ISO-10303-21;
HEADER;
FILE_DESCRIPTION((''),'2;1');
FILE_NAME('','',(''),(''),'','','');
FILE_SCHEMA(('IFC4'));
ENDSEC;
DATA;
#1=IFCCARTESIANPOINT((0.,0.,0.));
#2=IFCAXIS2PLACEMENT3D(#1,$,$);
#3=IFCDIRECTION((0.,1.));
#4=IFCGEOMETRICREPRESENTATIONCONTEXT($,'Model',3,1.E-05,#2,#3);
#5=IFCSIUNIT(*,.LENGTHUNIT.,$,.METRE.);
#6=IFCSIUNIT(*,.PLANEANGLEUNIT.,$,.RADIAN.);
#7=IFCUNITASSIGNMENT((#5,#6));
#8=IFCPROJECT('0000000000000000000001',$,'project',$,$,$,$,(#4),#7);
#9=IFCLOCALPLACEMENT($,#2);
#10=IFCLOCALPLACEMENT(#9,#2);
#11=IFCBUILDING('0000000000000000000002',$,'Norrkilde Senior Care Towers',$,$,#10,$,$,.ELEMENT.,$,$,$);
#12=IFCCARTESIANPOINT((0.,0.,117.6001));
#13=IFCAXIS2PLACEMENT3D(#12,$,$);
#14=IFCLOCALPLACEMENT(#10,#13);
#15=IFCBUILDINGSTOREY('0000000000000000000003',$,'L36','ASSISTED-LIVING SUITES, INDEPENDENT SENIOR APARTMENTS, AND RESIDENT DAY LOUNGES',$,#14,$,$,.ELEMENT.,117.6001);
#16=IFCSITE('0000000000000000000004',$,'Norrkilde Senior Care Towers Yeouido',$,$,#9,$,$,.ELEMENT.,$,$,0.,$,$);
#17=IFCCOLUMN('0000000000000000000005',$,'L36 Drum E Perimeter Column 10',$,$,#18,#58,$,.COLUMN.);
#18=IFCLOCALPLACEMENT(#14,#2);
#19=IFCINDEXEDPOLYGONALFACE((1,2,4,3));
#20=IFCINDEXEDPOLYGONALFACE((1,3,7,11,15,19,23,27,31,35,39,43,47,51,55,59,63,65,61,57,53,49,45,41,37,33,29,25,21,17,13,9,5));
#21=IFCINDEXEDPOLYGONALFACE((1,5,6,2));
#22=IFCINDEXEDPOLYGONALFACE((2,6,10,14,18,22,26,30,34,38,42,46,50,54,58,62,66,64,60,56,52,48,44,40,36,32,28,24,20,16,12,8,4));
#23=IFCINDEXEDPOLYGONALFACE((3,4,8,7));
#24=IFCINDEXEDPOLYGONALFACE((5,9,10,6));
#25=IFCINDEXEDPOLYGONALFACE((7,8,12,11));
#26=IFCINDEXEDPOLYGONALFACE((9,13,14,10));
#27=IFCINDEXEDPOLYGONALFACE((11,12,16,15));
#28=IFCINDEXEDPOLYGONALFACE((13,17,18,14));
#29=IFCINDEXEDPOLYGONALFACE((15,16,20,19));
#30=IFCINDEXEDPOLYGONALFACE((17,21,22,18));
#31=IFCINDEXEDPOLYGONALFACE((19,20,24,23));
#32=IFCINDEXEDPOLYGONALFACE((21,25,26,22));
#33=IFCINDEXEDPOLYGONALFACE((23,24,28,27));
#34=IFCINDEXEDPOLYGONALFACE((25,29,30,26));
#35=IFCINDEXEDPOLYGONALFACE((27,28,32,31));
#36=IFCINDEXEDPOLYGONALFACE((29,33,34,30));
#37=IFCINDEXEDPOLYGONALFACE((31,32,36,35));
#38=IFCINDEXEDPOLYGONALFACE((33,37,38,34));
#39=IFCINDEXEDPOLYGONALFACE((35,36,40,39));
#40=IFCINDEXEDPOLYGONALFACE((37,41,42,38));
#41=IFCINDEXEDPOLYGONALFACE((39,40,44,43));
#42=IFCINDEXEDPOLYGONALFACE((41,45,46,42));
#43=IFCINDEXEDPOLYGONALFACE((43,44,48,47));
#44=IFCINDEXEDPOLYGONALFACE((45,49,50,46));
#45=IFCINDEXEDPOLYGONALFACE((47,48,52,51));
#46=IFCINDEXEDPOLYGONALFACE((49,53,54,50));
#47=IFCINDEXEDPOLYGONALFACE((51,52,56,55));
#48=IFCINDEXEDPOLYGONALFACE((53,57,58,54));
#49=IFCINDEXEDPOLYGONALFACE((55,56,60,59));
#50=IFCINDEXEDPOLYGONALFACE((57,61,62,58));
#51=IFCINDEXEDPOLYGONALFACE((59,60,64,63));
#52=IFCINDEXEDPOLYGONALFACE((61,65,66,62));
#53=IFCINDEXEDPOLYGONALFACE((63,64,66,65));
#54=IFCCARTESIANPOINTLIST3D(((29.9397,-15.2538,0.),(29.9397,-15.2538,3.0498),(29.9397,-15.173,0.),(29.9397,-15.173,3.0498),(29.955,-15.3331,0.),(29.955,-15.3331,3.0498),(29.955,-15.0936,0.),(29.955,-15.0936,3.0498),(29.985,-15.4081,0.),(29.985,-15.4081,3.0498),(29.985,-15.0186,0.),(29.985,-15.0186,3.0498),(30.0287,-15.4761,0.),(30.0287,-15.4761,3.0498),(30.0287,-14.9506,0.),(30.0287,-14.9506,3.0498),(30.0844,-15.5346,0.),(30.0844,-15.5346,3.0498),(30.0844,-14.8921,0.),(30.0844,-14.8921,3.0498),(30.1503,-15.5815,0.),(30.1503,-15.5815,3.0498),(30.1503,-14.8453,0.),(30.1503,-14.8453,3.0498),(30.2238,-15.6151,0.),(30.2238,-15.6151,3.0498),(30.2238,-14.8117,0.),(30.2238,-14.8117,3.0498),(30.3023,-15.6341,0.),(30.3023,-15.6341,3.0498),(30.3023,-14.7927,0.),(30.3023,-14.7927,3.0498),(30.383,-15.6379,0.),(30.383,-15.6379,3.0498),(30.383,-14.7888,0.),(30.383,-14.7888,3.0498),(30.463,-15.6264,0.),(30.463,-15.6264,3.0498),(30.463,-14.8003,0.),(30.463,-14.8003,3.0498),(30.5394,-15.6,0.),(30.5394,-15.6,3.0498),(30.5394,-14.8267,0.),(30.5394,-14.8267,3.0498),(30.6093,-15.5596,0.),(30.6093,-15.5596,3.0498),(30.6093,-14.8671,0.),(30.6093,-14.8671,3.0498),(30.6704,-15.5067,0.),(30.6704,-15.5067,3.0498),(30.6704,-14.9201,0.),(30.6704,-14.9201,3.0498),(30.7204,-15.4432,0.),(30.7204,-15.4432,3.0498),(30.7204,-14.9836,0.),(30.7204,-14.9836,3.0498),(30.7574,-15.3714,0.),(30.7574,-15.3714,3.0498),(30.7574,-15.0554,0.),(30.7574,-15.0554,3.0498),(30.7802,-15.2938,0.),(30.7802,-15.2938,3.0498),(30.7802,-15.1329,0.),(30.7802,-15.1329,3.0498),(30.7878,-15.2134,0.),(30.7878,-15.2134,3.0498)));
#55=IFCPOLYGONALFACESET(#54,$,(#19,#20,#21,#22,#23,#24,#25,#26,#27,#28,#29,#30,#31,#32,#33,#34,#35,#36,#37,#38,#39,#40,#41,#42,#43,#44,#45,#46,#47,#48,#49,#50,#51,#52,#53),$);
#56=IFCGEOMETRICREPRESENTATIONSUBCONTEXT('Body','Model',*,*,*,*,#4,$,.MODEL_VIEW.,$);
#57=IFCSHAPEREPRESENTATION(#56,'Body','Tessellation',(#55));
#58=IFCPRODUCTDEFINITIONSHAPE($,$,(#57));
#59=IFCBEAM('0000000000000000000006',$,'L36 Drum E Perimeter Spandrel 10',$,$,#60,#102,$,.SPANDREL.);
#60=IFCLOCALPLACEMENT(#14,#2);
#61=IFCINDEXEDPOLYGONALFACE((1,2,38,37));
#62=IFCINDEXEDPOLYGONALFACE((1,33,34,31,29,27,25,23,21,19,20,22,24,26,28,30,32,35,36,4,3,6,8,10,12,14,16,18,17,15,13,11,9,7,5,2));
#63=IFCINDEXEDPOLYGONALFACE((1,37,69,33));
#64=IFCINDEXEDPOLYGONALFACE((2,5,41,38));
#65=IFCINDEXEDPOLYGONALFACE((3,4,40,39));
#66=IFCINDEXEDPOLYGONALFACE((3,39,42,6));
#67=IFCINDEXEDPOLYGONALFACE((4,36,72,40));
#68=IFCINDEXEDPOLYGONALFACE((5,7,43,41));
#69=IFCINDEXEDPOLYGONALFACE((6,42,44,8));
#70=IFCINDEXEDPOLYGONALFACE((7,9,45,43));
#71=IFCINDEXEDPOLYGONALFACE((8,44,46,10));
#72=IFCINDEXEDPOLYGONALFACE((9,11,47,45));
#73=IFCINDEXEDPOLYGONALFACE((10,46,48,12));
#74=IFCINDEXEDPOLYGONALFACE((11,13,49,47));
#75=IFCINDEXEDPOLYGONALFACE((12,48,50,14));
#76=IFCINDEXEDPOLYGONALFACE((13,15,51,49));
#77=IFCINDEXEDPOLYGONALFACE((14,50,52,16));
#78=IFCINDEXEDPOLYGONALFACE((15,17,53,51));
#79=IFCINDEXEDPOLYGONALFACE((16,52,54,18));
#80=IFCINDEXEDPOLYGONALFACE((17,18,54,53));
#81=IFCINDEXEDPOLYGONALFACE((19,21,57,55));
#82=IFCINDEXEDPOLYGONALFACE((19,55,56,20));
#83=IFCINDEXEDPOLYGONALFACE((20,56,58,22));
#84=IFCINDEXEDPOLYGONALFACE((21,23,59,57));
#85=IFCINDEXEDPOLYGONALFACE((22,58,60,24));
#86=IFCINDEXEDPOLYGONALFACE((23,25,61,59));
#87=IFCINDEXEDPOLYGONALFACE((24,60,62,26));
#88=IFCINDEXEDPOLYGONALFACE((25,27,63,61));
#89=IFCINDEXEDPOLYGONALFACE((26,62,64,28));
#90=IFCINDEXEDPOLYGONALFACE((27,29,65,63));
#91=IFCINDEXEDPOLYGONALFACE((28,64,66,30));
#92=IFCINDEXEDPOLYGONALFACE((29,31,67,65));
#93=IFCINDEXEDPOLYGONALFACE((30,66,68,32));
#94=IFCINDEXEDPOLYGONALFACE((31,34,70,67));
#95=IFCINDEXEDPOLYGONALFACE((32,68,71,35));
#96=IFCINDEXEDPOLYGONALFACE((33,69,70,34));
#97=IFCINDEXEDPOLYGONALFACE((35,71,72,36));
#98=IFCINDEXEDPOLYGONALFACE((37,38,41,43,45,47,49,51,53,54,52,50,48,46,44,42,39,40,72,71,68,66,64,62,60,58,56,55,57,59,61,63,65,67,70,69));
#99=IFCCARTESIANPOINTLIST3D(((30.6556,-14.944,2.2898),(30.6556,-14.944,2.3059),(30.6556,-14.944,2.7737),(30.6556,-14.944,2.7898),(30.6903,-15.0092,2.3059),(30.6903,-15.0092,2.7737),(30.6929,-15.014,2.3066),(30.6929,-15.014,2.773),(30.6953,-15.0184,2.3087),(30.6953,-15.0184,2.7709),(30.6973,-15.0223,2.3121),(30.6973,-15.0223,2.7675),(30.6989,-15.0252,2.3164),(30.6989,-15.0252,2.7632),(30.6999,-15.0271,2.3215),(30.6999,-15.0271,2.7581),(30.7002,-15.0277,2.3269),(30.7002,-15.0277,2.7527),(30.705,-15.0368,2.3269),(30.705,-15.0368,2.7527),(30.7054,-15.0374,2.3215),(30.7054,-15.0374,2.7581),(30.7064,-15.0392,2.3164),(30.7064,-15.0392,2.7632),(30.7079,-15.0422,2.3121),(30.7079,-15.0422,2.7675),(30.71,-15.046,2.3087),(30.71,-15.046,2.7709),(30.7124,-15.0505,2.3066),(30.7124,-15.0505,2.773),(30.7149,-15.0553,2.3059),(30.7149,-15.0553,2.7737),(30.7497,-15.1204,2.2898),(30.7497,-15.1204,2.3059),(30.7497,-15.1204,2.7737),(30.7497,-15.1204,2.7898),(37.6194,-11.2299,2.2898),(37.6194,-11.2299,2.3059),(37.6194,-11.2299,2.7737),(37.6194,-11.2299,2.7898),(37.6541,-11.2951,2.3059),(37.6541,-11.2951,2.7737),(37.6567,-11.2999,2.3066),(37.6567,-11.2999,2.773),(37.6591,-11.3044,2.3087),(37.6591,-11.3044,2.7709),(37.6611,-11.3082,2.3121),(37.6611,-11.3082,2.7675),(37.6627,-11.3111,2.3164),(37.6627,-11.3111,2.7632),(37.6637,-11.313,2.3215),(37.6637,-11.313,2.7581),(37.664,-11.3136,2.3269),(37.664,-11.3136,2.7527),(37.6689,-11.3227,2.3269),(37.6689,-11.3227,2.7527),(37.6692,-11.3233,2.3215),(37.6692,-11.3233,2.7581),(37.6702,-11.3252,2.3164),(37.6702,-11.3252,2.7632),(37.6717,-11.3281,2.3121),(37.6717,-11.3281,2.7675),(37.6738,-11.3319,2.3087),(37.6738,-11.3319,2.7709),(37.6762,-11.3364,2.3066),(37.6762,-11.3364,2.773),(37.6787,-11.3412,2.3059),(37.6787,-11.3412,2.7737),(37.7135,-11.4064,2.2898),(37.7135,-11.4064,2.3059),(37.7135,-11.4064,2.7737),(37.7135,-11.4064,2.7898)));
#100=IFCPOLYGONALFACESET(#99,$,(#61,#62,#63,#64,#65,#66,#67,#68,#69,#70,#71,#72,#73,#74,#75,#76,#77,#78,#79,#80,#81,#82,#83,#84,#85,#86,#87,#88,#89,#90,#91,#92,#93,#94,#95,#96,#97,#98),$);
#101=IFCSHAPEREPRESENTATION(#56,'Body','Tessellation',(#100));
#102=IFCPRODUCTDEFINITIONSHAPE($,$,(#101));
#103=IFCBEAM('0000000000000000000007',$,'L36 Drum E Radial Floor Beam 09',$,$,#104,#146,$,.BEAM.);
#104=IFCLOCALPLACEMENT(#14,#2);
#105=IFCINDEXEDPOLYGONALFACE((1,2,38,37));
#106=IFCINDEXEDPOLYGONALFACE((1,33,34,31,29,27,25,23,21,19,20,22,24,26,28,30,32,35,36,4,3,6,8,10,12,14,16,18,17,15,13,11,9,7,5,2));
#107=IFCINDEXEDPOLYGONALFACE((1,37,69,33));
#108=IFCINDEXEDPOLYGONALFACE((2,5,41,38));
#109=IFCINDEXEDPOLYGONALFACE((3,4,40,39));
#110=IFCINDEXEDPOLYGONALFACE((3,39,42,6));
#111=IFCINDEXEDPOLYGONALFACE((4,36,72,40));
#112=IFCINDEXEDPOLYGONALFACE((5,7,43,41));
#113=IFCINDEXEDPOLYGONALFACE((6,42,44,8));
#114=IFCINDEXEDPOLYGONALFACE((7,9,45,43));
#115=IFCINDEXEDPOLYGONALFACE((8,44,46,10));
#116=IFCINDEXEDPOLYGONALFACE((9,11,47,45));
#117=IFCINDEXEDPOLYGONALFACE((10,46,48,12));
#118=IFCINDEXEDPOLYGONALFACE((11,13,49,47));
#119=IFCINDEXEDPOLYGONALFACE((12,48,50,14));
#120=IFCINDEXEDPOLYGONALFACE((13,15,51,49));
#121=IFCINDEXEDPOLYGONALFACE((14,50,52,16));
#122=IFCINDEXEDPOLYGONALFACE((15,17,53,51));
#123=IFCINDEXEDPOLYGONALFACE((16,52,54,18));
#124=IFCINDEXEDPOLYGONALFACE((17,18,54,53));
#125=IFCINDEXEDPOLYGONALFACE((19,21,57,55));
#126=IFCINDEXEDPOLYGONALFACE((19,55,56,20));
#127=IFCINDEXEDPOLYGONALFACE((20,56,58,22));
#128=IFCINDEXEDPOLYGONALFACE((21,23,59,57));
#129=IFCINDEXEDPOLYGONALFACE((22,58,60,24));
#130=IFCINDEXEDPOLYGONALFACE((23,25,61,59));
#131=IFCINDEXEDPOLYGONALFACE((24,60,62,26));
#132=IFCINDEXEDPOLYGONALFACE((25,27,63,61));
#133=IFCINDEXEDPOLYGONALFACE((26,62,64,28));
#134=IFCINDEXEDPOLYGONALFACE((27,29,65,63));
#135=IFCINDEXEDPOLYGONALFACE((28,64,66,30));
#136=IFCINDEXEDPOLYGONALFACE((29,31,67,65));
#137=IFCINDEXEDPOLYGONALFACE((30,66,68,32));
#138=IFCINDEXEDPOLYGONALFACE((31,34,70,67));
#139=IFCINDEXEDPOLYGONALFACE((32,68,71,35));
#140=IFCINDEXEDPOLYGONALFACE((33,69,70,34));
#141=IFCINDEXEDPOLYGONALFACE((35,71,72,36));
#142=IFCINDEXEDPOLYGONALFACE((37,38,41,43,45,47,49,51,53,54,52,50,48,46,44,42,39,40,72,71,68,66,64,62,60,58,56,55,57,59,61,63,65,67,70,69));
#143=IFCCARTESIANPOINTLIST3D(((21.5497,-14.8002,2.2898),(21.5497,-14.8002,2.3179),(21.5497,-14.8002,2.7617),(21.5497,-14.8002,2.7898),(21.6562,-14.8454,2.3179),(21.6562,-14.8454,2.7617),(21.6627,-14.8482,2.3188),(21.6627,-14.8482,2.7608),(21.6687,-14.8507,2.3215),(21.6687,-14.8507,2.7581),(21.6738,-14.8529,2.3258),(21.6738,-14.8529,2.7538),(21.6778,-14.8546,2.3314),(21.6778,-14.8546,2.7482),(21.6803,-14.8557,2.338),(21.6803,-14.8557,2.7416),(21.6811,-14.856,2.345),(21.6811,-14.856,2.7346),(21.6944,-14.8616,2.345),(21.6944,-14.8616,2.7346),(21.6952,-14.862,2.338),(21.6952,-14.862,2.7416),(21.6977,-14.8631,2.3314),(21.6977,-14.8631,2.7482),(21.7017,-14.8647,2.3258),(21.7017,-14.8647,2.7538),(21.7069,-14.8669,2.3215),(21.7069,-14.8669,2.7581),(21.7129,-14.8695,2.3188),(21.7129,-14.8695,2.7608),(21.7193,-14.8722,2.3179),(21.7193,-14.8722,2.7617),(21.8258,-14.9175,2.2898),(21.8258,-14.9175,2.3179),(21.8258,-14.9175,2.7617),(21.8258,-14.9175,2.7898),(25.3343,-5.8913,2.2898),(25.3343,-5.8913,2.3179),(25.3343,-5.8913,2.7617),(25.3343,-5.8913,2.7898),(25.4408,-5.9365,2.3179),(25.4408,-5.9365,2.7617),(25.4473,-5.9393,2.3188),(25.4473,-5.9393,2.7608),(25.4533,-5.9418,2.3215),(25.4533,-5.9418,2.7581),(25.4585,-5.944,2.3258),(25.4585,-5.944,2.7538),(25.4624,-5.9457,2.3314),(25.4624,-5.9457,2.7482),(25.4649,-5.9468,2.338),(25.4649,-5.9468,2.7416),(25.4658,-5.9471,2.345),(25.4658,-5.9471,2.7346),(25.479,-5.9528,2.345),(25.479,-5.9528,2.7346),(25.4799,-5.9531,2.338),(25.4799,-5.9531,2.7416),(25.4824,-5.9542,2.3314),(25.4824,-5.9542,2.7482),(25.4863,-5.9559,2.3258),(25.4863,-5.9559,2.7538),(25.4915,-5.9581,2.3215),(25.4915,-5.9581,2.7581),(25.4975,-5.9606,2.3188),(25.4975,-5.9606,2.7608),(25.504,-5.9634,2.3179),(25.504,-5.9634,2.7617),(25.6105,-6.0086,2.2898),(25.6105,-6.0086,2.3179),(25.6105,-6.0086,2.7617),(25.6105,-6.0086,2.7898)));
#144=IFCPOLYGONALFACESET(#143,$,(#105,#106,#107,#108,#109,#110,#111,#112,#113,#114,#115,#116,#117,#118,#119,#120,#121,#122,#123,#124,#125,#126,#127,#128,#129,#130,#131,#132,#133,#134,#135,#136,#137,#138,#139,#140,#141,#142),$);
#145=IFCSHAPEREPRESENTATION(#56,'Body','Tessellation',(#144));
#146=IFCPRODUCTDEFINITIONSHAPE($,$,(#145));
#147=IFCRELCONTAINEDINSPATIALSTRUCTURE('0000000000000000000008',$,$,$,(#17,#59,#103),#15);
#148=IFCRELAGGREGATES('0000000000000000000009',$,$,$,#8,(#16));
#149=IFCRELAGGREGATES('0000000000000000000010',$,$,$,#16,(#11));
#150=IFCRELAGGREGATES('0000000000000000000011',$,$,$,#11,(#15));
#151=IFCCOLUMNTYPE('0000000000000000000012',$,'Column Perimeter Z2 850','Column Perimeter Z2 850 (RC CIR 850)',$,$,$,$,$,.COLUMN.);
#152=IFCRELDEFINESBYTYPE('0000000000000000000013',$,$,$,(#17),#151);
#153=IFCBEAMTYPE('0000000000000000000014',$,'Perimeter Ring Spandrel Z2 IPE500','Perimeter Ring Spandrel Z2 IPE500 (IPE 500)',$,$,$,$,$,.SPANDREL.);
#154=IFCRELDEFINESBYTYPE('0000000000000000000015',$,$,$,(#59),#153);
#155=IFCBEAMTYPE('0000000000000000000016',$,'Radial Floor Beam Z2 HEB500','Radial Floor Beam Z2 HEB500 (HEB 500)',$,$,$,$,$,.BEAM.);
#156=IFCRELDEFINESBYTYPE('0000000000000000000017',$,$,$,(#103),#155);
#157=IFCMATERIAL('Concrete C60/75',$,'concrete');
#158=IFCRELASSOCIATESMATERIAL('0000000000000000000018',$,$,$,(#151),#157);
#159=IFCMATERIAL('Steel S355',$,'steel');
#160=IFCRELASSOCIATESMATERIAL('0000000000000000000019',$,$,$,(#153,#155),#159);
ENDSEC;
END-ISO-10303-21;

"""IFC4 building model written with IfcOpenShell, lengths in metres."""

from ifc_helpers import new_model, si_unit, direction, frame, origin, origin_2d, place, context, subcontext, project, spatial, circle, i_section, extrude, source, transform, mapped, material, material_profile, profile_set, type_object, type_shapes, element, save


model = new_model("IFC4")

# Units and contexts
model_context = context("Model", 3, precision=1e-05, world=origin(), true_north=direction((0.0, 1.0)))
body_context = subcontext(model_context, "Body", "Model", "MODEL_VIEW")
ifc_project = project(units=[si_unit("LENGTHUNIT", "METRE"), si_unit("PLANEANGLEUNIT", "RADIAN")], contexts=[model_context])

# Site, building, storey
site_placement = place(None, origin())
site = spatial("IfcSite", under=ifc_project, at=site_placement, Name="Norrkilde Senior Care Towers Yeouido", CompositionType="ELEMENT", RefElevation=0.0)
building_placement = place(site_placement, origin())
building = spatial("IfcBuilding", under=site, at=building_placement, Name="Norrkilde Senior Care Towers", CompositionType="ELEMENT")
storey_placement = place(building_placement, frame((0.0, 0.0, 117.6001)))
storey = spatial("IfcBuildingStorey", under=building, at=storey_placement, Name="L36", Description="ASSISTED-LIVING SUITES, INDEPENDENT SENIOR APARTMENTS, AND RESIDENT DAY LOUNGES", CompositionType="ELEMENT", Elevation=117.6001)

# Column
ifc_material_1 = material(Name="Concrete C60/75", Category="concrete")
ifc_material_profile_1 = material_profile(ifc_material_1, circle(Radius=0.425, at=origin_2d()), Name="RC CIR 850")
ifc_profile_set_1 = profile_set([ifc_material_profile_1], Name="Concrete C60/75")
column_type = type_object("IfcColumnType", Name="Column Perimeter Z2 850", Description="Column Perimeter Z2 850 (RC CIR 850)", PredefinedType="COLUMN", material=ifc_profile_set_1)
shared_shape_1 = source(origin(), body_context, "Body", "SweptSolid", [
    extrude(circle(Radius=0.425, at=origin_2d()), origin(), (0.0, 0.0, 1.0), 3.0498),
])
type_shapes(column_type, [shared_shape_1])
column_placement = place(storey_placement, frame((30.3628, -15.2134, 0.0), z_axis=(0.0, 0.0, 1.0), x_axis=(1.0, 0.0, 0.0)))
element("IfcColumn", 1, at=column_placement, inside=storey, type_object=column_type, Name="L36 Drum E Perimeter Column 10", PredefinedType="COLUMN", context=body_context, shape_type="MappedRepresentation", body=[
    mapped(shared_shape_1, transform((0.0, 0.0, 0.0), x_axis=(1.0, 0.0, 0.0), y_axis=(0.0, 1.0, 0.0), z_axis=(0.0, 0.0, 1.0), scale=1.0)),
])

# Beams
ifc_material_2 = material(Name="Steel S355", Category="steel")
ifc_material_profile_2 = material_profile(ifc_material_2, i_section(OverallWidth=0.2, OverallDepth=0.5, WebThickness=0.0103, FlangeThickness=0.0161, FilletRadius=0.021, at=origin_2d()), Name="IPE 500")
ifc_profile_set_2 = profile_set([ifc_material_profile_2], Name="Steel S355")
beam_type_1 = type_object("IfcBeamType", Name="Perimeter Ring Spandrel Z2 IPE500", Description="Perimeter Ring Spandrel Z2 IPE500 (IPE 500)", PredefinedType="SPANDREL", material=ifc_profile_set_2)
shared_shape_2 = source(origin(), body_context, "Body", "SweptSolid", [
    extrude(i_section(OverallWidth=0.2, OverallDepth=0.5, WebThickness=0.0103, FlangeThickness=0.0161, FilletRadius=0.021, at=origin_2d()), origin(), (0.0, 0.0, 1.0), 7.8923),
])
type_shapes(beam_type_1, [shared_shape_2])
beam_1_placement = place(storey_placement, frame((30.7026, -15.0322, 2.5398), z_axis=(0.88235, 0.470593, 0.0), x_axis=(-0.470593, 0.88235, 0.0)))
element("IfcBeam", 2, at=beam_1_placement, inside=storey, type_object=beam_type_1, Name="L36 Drum E Perimeter Spandrel 10", PredefinedType="SPANDREL", context=body_context, shape_type="MappedRepresentation", body=[
    mapped(shared_shape_2, transform((0.0, 0.0, 0.0), x_axis=(1.0, 0.0, 0.0), y_axis=(0.0, 1.0, 0.0), z_axis=(0.0, 0.0, 1.0), scale=1.0)),
])
ifc_material_profile_3 = material_profile(ifc_material_2, i_section(OverallWidth=0.3, OverallDepth=0.5, WebThickness=0.0144, FlangeThickness=0.0281, FilletRadius=0.0271, at=origin_2d()), Name="HEB 500")
ifc_profile_set_3 = profile_set([ifc_material_profile_3], Name="Steel S355")
beam_type_2 = type_object("IfcBeamType", Name="Radial Floor Beam Z2 HEB500", Description="Radial Floor Beam Z2 HEB500 (HEB 500)", PredefinedType="BEAM", material=ifc_profile_set_3)
shared_shape_3 = source(origin(), body_context, "Body", "SweptSolid", [
    extrude(i_section(OverallWidth=0.3, OverallDepth=0.5, WebThickness=0.0144, FlangeThickness=0.0281, FilletRadius=0.0271, at=origin_2d()), origin(), (0.0, 0.0, 1.0), 9.6794),
])
beam_2_placement = place(storey_placement, frame((25.4724, -5.95, 2.5398), z_axis=(-0.390998, -0.920392, 0.0), x_axis=(0.920392, -0.390998, 0.0)))
element("IfcBeam", 3, at=beam_2_placement, inside=storey, type_object=beam_type_2, Name="L36 Drum E Radial Floor Beam 09", PredefinedType="BEAM", context=body_context, shape_type="MappedRepresentation", body=[
    mapped(shared_shape_3, transform((0.0, 0.0, 0.0), x_axis=(1.0, 0.0, 0.0), y_axis=(0.0, 1.0, 0.0), z_axis=(0.0, 0.0, 1.0), scale=1.0)),
])

save(model, "model.ifc")
